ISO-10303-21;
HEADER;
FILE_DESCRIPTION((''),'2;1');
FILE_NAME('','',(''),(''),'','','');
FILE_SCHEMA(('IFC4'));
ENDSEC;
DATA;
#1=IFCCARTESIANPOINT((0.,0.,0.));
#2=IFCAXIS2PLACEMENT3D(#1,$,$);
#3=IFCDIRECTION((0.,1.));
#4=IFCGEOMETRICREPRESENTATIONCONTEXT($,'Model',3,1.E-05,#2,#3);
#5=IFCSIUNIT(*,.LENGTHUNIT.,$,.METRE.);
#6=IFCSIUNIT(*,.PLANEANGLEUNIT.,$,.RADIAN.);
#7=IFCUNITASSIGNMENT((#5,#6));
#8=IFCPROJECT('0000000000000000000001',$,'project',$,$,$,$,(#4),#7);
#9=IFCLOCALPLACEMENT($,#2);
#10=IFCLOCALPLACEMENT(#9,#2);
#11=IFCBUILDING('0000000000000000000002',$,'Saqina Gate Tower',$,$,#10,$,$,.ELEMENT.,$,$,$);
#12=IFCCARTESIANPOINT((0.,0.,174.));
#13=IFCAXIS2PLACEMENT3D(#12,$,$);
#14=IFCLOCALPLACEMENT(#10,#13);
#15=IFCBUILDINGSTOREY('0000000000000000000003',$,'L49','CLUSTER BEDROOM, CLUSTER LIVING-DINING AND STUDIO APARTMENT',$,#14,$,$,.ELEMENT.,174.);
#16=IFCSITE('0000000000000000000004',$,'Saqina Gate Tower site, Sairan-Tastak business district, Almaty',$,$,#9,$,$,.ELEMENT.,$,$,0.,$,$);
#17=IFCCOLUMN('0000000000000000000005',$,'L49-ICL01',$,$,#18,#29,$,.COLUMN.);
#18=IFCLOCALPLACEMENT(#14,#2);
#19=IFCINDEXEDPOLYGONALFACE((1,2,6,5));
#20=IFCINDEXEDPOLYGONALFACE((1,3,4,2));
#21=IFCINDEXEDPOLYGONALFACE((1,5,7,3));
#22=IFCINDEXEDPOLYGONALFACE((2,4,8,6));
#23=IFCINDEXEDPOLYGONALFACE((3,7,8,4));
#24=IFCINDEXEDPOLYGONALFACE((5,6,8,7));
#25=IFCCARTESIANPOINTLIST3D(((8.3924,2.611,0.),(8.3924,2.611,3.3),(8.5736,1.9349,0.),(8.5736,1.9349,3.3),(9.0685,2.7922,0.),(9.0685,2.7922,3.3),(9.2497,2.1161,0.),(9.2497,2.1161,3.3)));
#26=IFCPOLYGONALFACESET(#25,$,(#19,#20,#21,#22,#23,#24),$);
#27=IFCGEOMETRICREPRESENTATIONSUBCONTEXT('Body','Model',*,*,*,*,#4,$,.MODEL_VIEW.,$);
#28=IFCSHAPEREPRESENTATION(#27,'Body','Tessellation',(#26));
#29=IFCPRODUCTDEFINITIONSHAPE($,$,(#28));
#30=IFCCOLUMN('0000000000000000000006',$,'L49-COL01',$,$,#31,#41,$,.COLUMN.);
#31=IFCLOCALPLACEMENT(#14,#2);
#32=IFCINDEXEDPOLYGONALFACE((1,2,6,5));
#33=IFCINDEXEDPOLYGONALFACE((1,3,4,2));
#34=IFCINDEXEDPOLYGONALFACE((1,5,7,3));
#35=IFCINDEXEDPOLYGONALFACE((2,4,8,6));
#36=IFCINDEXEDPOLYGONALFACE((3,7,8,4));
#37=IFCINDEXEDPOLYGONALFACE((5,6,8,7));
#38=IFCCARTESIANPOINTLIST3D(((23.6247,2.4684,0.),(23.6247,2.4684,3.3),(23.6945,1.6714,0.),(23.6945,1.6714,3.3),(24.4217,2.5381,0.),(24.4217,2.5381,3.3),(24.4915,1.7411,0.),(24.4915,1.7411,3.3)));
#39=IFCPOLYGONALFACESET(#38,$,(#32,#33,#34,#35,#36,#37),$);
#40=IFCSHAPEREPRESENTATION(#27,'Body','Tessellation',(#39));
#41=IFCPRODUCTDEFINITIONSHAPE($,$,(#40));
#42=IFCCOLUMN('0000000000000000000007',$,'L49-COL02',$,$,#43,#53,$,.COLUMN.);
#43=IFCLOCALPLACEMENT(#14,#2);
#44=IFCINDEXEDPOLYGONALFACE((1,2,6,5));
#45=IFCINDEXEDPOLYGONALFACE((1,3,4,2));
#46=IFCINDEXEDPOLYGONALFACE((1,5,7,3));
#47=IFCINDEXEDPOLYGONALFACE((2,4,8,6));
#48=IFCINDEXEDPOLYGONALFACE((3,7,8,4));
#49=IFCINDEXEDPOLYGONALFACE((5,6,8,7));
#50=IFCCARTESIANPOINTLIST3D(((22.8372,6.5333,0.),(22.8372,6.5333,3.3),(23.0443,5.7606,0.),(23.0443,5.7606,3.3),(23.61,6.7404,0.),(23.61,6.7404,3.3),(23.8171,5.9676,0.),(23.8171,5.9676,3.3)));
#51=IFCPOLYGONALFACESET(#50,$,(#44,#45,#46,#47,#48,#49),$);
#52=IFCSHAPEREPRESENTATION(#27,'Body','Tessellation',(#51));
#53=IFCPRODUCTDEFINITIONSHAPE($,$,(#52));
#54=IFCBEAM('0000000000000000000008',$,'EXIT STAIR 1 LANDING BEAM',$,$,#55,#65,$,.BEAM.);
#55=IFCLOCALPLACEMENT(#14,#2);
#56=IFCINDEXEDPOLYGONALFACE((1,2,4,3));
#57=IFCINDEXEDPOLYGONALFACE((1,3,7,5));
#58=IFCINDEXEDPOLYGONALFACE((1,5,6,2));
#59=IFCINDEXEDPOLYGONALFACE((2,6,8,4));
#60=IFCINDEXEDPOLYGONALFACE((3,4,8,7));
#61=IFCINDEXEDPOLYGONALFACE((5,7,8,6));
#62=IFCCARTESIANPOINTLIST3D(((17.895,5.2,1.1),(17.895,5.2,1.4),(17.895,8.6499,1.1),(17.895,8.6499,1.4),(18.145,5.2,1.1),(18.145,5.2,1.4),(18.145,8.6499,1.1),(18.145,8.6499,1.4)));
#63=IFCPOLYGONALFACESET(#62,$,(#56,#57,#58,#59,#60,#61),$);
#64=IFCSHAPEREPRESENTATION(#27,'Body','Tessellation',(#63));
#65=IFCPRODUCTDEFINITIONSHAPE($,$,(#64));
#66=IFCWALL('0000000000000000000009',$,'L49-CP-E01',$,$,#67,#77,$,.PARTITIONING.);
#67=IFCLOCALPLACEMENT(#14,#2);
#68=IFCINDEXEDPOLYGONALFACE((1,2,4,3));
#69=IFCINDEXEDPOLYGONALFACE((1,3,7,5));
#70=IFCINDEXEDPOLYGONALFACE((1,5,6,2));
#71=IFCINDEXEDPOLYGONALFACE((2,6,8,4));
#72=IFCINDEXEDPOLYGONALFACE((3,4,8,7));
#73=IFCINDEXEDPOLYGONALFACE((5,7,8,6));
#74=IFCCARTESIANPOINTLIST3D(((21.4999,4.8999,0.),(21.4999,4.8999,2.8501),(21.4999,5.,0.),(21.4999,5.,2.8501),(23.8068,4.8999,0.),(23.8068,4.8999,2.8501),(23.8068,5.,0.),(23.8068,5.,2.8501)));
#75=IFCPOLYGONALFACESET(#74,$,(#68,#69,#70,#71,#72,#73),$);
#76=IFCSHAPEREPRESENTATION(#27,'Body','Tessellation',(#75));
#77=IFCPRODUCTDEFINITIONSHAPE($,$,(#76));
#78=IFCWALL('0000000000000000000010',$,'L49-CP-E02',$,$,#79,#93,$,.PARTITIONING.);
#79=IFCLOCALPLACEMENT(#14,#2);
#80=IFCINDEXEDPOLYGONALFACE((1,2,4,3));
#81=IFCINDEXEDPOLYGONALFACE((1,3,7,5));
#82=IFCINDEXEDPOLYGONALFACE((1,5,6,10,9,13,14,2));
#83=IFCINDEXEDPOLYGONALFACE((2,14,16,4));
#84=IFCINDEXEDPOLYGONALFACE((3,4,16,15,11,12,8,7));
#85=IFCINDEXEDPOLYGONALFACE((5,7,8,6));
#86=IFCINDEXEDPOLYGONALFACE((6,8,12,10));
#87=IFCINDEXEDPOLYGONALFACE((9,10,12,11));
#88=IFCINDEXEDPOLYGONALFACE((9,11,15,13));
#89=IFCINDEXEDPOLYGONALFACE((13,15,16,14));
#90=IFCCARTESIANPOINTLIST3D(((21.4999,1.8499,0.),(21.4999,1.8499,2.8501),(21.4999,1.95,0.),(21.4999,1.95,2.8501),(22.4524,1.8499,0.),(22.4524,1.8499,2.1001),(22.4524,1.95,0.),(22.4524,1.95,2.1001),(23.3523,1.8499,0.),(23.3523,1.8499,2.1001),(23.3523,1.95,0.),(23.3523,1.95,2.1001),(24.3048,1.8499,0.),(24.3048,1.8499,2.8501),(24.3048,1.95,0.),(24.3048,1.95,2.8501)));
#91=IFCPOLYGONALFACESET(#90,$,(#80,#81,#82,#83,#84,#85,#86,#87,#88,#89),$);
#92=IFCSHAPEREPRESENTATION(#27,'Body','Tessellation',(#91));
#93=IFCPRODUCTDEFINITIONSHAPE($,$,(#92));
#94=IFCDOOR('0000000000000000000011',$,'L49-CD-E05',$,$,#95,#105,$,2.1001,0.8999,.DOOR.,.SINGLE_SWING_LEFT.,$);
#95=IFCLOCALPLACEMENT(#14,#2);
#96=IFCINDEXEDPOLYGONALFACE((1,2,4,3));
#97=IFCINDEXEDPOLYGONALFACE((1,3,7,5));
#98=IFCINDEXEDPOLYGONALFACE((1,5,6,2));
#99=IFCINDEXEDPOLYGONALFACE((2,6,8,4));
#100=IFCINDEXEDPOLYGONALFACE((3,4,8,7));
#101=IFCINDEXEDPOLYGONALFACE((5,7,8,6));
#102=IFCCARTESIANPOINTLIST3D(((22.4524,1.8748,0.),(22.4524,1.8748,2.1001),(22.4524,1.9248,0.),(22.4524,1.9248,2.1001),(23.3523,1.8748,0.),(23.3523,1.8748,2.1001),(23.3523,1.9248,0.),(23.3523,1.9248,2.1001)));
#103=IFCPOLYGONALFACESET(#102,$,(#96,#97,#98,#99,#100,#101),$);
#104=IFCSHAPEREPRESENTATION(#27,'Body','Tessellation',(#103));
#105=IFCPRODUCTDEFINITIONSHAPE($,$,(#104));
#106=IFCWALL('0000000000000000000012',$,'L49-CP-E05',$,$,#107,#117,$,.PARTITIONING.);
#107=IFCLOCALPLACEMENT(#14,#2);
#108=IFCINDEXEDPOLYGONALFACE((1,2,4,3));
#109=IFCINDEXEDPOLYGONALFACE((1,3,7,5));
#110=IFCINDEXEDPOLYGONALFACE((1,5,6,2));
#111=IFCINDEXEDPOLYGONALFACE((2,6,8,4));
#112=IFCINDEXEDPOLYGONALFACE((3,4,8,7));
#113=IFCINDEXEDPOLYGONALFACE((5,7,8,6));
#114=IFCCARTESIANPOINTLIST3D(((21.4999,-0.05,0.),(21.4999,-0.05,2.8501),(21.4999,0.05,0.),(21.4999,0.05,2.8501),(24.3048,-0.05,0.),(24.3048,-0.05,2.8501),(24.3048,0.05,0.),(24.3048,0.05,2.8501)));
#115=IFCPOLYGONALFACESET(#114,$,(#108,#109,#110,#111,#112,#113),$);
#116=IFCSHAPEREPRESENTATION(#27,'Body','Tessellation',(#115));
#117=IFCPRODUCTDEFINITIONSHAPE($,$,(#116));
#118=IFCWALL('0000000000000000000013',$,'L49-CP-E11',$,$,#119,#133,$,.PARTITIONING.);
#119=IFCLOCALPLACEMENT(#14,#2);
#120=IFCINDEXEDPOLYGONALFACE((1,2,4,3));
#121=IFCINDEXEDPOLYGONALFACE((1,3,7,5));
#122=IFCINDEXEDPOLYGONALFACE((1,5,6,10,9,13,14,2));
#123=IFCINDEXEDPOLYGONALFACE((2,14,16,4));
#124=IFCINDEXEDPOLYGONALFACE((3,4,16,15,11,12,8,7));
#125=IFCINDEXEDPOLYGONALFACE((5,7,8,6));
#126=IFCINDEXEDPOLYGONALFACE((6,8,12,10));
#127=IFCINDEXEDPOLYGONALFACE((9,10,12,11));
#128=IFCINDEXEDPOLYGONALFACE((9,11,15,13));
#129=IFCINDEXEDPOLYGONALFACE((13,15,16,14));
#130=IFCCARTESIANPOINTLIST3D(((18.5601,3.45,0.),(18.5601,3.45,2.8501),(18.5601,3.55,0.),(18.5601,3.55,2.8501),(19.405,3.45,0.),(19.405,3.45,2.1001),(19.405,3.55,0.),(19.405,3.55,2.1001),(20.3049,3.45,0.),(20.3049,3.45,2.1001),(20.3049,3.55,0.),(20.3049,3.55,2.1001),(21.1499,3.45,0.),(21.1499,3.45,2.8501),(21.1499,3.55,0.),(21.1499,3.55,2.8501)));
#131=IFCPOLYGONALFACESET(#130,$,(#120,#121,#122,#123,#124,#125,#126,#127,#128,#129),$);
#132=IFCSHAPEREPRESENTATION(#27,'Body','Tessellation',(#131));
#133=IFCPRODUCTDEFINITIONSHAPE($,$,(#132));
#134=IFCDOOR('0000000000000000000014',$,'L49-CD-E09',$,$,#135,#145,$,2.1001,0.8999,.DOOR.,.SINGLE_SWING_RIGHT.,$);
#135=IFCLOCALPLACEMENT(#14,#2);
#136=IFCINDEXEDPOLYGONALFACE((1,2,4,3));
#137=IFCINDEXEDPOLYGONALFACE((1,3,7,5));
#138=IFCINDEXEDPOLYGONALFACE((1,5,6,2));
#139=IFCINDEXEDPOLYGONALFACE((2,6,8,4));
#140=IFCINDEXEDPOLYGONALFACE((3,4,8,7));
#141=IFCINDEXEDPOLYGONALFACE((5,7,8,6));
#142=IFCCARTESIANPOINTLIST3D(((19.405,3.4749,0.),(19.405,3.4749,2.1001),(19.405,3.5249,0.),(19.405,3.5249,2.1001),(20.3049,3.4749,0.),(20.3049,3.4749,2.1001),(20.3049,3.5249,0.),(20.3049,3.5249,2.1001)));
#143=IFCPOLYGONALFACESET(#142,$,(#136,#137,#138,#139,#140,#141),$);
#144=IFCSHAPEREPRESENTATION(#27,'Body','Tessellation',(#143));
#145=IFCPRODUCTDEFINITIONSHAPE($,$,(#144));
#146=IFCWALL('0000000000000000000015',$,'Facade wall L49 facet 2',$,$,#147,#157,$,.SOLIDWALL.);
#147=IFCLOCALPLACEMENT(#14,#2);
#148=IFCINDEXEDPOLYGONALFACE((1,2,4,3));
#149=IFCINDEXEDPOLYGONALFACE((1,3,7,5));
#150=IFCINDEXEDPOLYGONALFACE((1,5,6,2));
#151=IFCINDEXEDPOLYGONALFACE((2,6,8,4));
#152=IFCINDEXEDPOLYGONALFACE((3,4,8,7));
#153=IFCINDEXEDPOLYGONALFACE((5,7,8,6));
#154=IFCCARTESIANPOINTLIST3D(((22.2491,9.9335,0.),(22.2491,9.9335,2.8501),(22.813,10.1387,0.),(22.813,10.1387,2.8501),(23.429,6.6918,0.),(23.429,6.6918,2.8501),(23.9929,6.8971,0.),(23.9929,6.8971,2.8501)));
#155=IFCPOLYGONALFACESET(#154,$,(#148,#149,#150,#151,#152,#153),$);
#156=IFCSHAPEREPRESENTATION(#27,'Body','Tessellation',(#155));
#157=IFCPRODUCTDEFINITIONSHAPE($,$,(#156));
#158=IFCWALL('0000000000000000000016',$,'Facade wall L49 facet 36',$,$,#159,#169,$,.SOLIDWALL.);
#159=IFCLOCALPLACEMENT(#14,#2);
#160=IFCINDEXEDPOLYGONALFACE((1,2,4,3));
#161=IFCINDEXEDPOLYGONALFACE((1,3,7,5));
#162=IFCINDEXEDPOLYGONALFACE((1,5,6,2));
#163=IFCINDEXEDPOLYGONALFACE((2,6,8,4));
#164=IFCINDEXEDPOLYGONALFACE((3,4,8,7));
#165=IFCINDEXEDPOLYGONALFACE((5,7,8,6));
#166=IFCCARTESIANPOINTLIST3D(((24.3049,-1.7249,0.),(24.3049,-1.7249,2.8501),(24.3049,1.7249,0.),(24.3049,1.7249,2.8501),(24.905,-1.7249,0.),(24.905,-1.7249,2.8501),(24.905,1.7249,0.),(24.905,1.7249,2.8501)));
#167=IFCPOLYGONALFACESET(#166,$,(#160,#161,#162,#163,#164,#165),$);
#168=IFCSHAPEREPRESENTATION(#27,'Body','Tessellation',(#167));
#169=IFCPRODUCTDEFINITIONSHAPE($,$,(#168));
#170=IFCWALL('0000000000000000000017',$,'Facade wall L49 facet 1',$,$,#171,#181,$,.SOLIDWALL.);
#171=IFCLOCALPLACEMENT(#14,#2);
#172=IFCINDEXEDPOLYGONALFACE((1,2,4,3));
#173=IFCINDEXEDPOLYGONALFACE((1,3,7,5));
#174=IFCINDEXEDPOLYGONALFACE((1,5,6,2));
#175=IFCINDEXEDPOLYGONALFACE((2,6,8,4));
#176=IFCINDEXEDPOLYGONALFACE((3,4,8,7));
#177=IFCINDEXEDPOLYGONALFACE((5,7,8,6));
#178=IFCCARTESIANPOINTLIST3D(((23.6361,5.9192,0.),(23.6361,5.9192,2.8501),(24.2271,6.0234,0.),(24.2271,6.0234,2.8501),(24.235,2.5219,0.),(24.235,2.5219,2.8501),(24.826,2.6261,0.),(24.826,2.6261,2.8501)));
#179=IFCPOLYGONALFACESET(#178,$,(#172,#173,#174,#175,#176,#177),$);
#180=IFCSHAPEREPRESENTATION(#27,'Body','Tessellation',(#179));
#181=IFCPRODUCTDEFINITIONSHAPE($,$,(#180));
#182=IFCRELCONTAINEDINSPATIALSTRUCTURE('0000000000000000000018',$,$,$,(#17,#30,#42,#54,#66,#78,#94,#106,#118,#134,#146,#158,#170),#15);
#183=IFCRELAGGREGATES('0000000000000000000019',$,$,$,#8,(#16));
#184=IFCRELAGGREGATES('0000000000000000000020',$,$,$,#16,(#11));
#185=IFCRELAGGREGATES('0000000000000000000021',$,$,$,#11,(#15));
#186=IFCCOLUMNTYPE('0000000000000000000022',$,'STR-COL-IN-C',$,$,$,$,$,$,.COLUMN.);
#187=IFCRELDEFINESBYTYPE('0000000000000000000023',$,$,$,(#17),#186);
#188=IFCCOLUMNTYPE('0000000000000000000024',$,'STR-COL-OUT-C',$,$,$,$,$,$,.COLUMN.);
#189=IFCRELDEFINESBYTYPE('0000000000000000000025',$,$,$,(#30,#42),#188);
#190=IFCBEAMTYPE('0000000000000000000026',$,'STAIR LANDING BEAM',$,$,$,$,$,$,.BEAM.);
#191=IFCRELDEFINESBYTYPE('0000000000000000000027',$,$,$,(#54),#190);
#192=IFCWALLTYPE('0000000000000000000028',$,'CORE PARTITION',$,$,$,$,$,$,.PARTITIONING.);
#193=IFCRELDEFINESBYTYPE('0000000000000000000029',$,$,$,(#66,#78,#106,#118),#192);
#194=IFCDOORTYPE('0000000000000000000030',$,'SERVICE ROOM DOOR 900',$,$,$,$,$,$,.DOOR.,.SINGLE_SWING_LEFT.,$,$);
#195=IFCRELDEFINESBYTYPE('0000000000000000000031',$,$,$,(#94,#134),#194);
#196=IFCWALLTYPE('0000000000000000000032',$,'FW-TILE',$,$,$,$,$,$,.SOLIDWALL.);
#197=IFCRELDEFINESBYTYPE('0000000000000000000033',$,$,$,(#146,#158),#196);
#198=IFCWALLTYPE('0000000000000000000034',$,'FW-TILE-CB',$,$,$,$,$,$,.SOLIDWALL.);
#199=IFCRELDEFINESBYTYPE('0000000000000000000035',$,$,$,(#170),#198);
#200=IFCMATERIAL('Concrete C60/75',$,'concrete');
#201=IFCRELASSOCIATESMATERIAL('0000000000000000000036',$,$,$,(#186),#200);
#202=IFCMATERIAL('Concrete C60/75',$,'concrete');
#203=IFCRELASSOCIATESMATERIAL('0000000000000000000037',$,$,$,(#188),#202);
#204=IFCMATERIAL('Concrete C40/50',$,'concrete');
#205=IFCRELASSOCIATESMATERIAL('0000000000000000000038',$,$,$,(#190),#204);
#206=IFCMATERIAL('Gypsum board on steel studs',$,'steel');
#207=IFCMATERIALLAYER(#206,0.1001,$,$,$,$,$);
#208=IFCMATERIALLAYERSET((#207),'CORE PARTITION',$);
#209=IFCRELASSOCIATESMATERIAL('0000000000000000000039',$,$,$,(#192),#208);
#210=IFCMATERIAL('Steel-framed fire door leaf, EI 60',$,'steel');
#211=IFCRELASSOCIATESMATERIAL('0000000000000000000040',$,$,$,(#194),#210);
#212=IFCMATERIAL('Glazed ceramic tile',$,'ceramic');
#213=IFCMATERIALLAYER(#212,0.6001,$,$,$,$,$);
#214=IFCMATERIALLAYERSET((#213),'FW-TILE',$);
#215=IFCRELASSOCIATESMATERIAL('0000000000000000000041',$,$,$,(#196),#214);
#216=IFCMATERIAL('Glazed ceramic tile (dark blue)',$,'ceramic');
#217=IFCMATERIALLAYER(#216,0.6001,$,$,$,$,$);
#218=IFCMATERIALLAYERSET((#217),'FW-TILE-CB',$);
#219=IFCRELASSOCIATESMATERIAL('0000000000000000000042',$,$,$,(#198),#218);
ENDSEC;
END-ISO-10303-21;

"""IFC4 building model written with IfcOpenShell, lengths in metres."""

from ifc_helpers import new_model, si_unit, direction, frame, frame_2d, origin, origin_2d, place, context, subcontext, project, spatial, rectangle, extrude, material, layer, layer_set, material_profile, profile_set, type_object, element, fill, save


model = new_model("IFC4")

# Units and contexts
model_context = context("Model", 3, precision=1e-05, world=origin(), true_north=direction((0.0, 1.0)))
body_context = subcontext(model_context, "Body", "Model", "MODEL_VIEW")
ifc_project = project(units=[si_unit("LENGTHUNIT", "METRE"), si_unit("PLANEANGLEUNIT", "RADIAN")], contexts=[model_context])

# Site, building, storey
site_placement = place(None, origin())
site = spatial("IfcSite", under=ifc_project, at=site_placement, Name="Saqina Gate Tower site, Sairan-Tastak business district, Almaty", CompositionType="ELEMENT", RefElevation=0.0)
building_placement = place(site_placement, origin())
building = spatial("IfcBuilding", under=site, at=building_placement, Name="Saqina Gate Tower", CompositionType="ELEMENT")
storey_placement = place(building_placement, frame((0.0, 0.0, 174.0)))
storey = spatial("IfcBuildingStorey", under=building, at=storey_placement, Name="L49", Description="CLUSTER BEDROOM, CLUSTER LIVING-DINING AND STUDIO APARTMENT", CompositionType="ELEMENT", Elevation=174.0)

# Columns
ifc_material_1 = material(Name="Concrete C60/75", Category="concrete")
ifc_material_profile_1 = material_profile(ifc_material_1, rectangle(XDim=0.7, YDim=0.7, at=origin_2d()), Name="RC 700x700")
ifc_profile_set_1 = profile_set([ifc_material_profile_1], Name="Concrete C60/75")
column_type_1 = type_object("IfcColumnType", Name="STR-COL-IN-C", PredefinedType="COLUMN", material=ifc_profile_set_1)
column_placement = place(storey_placement, frame((8.821, 2.3635, 0.0), z_axis=(0.0, 0.0, 1.0), x_axis=(0.965926, 0.258819, 0.0)))
element("IfcColumn", 1, at=column_placement, inside=storey, type_object=column_type_1, Name="L49-ICL01", PredefinedType="COLUMN", context=body_context, shape_type="SweptSolid", body=[
    extrude(rectangle(XDim=0.7, YDim=0.7, at=origin_2d()), origin(), (0.0, 0.0, 1.0), 3.3),
])
ifc_material_2 = material(Name="Concrete C60/75", Category="concrete")
ifc_material_profile_2 = material_profile(ifc_material_2, rectangle(XDim=0.8, YDim=0.8, at=origin_2d()), Name="RC 800x800")
ifc_profile_set_2 = profile_set([ifc_material_profile_2], Name="Concrete C60/75")
column_type_2 = type_object("IfcColumnType", Name="STR-COL-OUT-C", PredefinedType="COLUMN", material=ifc_profile_set_2)
for number, where, z_axis, x_axis, name in (
    (2, (24.0581, 2.1047, 0.0), (0.0, 0.0, 1.0), (0.996195, 0.087156, 0.0), "L49-COL01"),
    (3, (23.3271, 6.2505, 0.0), (0.0, 0.0, 1.0), (0.965926, 0.258819, 0.0), "L49-COL02"),
):
    element("IfcColumn", number, at=place(storey_placement, frame(where, z_axis=z_axis, x_axis=x_axis)), inside=storey, type_object=column_type_2, Name=name, PredefinedType="COLUMN", context=body_context, shape_type="SweptSolid", body=[
        extrude(rectangle(XDim=0.8, YDim=0.8, at=origin_2d()), origin(), (0.0, 0.0, 1.0), 3.3),
    ])

# Beam
ifc_material_3 = material(Name="Concrete C40/50", Category="concrete")
ifc_material_profile_3 = material_profile(ifc_material_3, rectangle(XDim=0.25, YDim=0.3, at=origin_2d()), Name="STAIR LANDING BEAM")
ifc_profile_set_3 = profile_set([ifc_material_profile_3], Name="Concrete C40/50")
beam_type = type_object("IfcBeamType", Name="STAIR LANDING BEAM", PredefinedType="BEAM", material=ifc_profile_set_3)
beam_placement = place(storey_placement, frame((18.02, 5.2, 1.25), z_axis=(0.0, 1.0, 0.0), x_axis=(-1.0, 0.0, 0.0)))
element("IfcBeam", 4, at=beam_placement, inside=storey, type_object=beam_type, Name="EXIT STAIR 1 LANDING BEAM", PredefinedType="BEAM", context=body_context, shape_type="SweptSolid", body=[
    extrude(rectangle(XDim=0.25, YDim=0.3, at=origin_2d()), origin(), (0.0, 0.0, 1.0), 3.45),
])

# Wall
ifc_material_4 = material(Name="Gypsum board on steel studs", Category="steel")
ifc_layer_1 = layer(ifc_material_4, 0.1001)
ifc_layer_set_1 = layer_set([ifc_layer_1], Name="CORE PARTITION")
wall_type_1 = type_object("IfcWallType", Name="CORE PARTITION", PredefinedType="PARTITIONING", material=ifc_layer_set_1)
wall_1_placement = place(storey_placement, frame((21.5, 4.95, 0.0), z_axis=(0.0, 0.0, 1.0), x_axis=(1.0, 0.0, 0.0)))
element("IfcWall", 5, at=wall_1_placement, inside=storey, type_object=wall_type_1, Name="L49-CP-E01", PredefinedType="PARTITIONING", context=body_context, shape_type="SweptSolid", body=[
    extrude(rectangle(XDim=2.3069, YDim=0.1001, at=frame_2d((1.1533, 0.0))), origin(), (0.0, 0.0, 1.0), 2.8501),
])

# Wall, opening, door
wall_2_placement = place(storey_placement, frame((21.5, 1.8999, 0.0), z_axis=(0.0, 0.0, 1.0), x_axis=(1.0, 0.0, 0.0)))
wall_2 = element("IfcWall", 6, at=wall_2_placement, inside=storey, type_object=wall_type_1, Name="L49-CP-E02", PredefinedType="PARTITIONING", context=body_context, shape_type="SweptSolid", body=[
    extrude(rectangle(XDim=2.8049, YDim=0.1001, at=frame_2d((1.4023, 0.0))), origin(), (0.0, 0.0, 1.0), 2.8501),
])
opening_1_placement = place(wall_2_placement, frame((0.9524, 0.0, 0.0)))
opening_1 = element("IfcOpeningElement", 7, at=opening_1_placement, cuts=wall_2, PredefinedType="OPENING", context=body_context, shape_type="SweptSolid", body=[
    extrude(rectangle(XDim=0.8999, YDim=2.1001, at=frame_2d((0.45, 1.05))), frame((0.0, 0.062, 0.0), z_axis=(0.0, -1.0, 0.0), x_axis=(1.0, 0.0, 0.0)), (0.0, 0.0, 1.0), 0.124),
])
ifc_material_5 = material(Name="Steel-framed fire door leaf, EI 60", Category="steel")
door_type_1 = type_object("IfcDoorType", Name="SERVICE ROOM DOOR 900", OperationType="SINGLE_SWING_LEFT", PredefinedType="DOOR", material=ifc_material_5)
door_1_placement = place(opening_1_placement, origin())
door_1 = element("IfcDoor", 8, at=door_1_placement, inside=storey, type_object=door_type_1, Name="L49-CD-E05", OperationType="SINGLE_SWING_LEFT", OverallHeight=2.1001, OverallWidth=0.8999, PredefinedType="DOOR", context=body_context, shape_type="SweptSolid", body=[
    extrude(rectangle(XDim=0.8999, YDim=2.1001, at=frame_2d((0.45, 1.05))), frame((0.0, 0.0249, 0.0), z_axis=(0.0, -1.0, 0.0), x_axis=(1.0, 0.0, 0.0)), (0.0, 0.0, 1.0), 0.05),
])
fill(opening_1, door_1)

# Wall
wall_3_placement = place(storey_placement, frame((21.5, 0.0, 0.0), z_axis=(0.0, 0.0, 1.0), x_axis=(1.0, 0.0, 0.0)))
element("IfcWall", 9, at=wall_3_placement, inside=storey, type_object=wall_type_1, Name="L49-CP-E05", PredefinedType="PARTITIONING", context=body_context, shape_type="SweptSolid", body=[
    extrude(rectangle(XDim=2.8049, YDim=0.1001, at=frame_2d((1.4023, 0.0))), origin(), (0.0, 0.0, 1.0), 2.8501),
])

# Wall, opening, door
wall_4_placement = place(storey_placement, frame((18.5601, 3.5, 0.0), z_axis=(0.0, 0.0, 1.0), x_axis=(1.0, 0.0, 0.0)))
wall_4 = element("IfcWall", 10, at=wall_4_placement, inside=storey, type_object=wall_type_1, Name="L49-CP-E11", PredefinedType="PARTITIONING", context=body_context, shape_type="SweptSolid", body=[
    extrude(rectangle(XDim=2.5898, YDim=0.1001, at=frame_2d((1.2949, 0.0))), origin(), (0.0, 0.0, 1.0), 2.8501),
])
opening_2_placement = place(wall_4_placement, frame((0.845, 0.0, 0.0)))
opening_2 = element("IfcOpeningElement", 11, at=opening_2_placement, cuts=wall_4, PredefinedType="OPENING", context=body_context, shape_type="SweptSolid", body=[
    extrude(rectangle(XDim=0.8999, YDim=2.1001, at=frame_2d((0.45, 1.05))), frame((0.0, 0.062, 0.0), z_axis=(0.0, -1.0, 0.0), x_axis=(1.0, 0.0, 0.0)), (0.0, 0.0, 1.0), 0.124),
])
door_2_placement = place(opening_2_placement, origin())
door_2 = element("IfcDoor", 12, at=door_2_placement, inside=storey, type_object=door_type_1, Name="L49-CD-E09", OperationType="SINGLE_SWING_RIGHT", OverallHeight=2.1001, OverallWidth=0.8999, PredefinedType="DOOR", context=body_context, shape_type="SweptSolid", body=[
    extrude(rectangle(XDim=0.8999, YDim=2.1001, at=frame_2d((0.45, 1.05))), frame((0.0, 0.0249, 0.0), z_axis=(0.0, -1.0, 0.0), x_axis=(1.0, 0.0, 0.0)), (0.0, 0.0, 1.0), 0.05),
])
fill(opening_2, door_2)

# Walls
ifc_material_6 = material(Name="Glazed ceramic tile", Category="ceramic")
ifc_layer_2 = layer(ifc_material_6, 0.6001)
ifc_layer_set_2 = layer_set([ifc_layer_2], Name="FW-TILE")
wall_type_2 = type_object("IfcWallType", Name="FW-TILE", PredefinedType="SOLIDWALL", material=ifc_layer_set_2)
for number, where, z_axis, x_axis, name in (
    (13, (23.7109, 6.7944, 0.0), (0.0, 0.0, 1.0), (-0.342033, 0.939688, 0.0), "Facade wall L49 facet 2"),
    (14, (24.605, -1.7249, 0.0), (0.0, 0.0, 1.0), (0.0, 1.0, 0.0), "Facade wall L49 facet 36"),
):
    element("IfcWall", number, at=place(storey_placement, frame(where, z_axis=z_axis, x_axis=x_axis)), inside=storey, type_object=wall_type_2, Name=name, PredefinedType="SOLIDWALL", context=body_context, shape_type="SweptSolid", body=[
        extrude(rectangle(XDim=3.4497, YDim=0.6001, at=frame_2d((1.7249, 0.0))), origin(), (0.0, 0.0, 1.0), 2.8501),
    ])
ifc_material_7 = material(Name="Glazed ceramic tile (dark blue)", Category="ceramic")
ifc_layer_3 = layer(ifc_material_7, 0.6001)
ifc_layer_set_3 = layer_set([ifc_layer_3], Name="FW-TILE-CB")
wall_type_3 = type_object("IfcWallType", Name="FW-TILE-CB", PredefinedType="SOLIDWALL", material=ifc_layer_set_3)
wall_5_placement = place(storey_placement, frame((24.5305, 2.574, 0.0), z_axis=(0.0, 0.0, 1.0), x_axis=(-0.173608, 0.984815, 0.0)))
element("IfcWall", 15, at=wall_5_placement, inside=storey, type_object=wall_type_3, Name="Facade wall L49 facet 1", PredefinedType="SOLIDWALL", context=body_context, shape_type="SweptSolid", body=[
    extrude(rectangle(XDim=3.4497, YDim=0.6001, at=frame_2d((1.7249, 0.0))), origin(), (0.0, 0.0, 1.0), 2.8501),
])

save(model, "model.ifc")
